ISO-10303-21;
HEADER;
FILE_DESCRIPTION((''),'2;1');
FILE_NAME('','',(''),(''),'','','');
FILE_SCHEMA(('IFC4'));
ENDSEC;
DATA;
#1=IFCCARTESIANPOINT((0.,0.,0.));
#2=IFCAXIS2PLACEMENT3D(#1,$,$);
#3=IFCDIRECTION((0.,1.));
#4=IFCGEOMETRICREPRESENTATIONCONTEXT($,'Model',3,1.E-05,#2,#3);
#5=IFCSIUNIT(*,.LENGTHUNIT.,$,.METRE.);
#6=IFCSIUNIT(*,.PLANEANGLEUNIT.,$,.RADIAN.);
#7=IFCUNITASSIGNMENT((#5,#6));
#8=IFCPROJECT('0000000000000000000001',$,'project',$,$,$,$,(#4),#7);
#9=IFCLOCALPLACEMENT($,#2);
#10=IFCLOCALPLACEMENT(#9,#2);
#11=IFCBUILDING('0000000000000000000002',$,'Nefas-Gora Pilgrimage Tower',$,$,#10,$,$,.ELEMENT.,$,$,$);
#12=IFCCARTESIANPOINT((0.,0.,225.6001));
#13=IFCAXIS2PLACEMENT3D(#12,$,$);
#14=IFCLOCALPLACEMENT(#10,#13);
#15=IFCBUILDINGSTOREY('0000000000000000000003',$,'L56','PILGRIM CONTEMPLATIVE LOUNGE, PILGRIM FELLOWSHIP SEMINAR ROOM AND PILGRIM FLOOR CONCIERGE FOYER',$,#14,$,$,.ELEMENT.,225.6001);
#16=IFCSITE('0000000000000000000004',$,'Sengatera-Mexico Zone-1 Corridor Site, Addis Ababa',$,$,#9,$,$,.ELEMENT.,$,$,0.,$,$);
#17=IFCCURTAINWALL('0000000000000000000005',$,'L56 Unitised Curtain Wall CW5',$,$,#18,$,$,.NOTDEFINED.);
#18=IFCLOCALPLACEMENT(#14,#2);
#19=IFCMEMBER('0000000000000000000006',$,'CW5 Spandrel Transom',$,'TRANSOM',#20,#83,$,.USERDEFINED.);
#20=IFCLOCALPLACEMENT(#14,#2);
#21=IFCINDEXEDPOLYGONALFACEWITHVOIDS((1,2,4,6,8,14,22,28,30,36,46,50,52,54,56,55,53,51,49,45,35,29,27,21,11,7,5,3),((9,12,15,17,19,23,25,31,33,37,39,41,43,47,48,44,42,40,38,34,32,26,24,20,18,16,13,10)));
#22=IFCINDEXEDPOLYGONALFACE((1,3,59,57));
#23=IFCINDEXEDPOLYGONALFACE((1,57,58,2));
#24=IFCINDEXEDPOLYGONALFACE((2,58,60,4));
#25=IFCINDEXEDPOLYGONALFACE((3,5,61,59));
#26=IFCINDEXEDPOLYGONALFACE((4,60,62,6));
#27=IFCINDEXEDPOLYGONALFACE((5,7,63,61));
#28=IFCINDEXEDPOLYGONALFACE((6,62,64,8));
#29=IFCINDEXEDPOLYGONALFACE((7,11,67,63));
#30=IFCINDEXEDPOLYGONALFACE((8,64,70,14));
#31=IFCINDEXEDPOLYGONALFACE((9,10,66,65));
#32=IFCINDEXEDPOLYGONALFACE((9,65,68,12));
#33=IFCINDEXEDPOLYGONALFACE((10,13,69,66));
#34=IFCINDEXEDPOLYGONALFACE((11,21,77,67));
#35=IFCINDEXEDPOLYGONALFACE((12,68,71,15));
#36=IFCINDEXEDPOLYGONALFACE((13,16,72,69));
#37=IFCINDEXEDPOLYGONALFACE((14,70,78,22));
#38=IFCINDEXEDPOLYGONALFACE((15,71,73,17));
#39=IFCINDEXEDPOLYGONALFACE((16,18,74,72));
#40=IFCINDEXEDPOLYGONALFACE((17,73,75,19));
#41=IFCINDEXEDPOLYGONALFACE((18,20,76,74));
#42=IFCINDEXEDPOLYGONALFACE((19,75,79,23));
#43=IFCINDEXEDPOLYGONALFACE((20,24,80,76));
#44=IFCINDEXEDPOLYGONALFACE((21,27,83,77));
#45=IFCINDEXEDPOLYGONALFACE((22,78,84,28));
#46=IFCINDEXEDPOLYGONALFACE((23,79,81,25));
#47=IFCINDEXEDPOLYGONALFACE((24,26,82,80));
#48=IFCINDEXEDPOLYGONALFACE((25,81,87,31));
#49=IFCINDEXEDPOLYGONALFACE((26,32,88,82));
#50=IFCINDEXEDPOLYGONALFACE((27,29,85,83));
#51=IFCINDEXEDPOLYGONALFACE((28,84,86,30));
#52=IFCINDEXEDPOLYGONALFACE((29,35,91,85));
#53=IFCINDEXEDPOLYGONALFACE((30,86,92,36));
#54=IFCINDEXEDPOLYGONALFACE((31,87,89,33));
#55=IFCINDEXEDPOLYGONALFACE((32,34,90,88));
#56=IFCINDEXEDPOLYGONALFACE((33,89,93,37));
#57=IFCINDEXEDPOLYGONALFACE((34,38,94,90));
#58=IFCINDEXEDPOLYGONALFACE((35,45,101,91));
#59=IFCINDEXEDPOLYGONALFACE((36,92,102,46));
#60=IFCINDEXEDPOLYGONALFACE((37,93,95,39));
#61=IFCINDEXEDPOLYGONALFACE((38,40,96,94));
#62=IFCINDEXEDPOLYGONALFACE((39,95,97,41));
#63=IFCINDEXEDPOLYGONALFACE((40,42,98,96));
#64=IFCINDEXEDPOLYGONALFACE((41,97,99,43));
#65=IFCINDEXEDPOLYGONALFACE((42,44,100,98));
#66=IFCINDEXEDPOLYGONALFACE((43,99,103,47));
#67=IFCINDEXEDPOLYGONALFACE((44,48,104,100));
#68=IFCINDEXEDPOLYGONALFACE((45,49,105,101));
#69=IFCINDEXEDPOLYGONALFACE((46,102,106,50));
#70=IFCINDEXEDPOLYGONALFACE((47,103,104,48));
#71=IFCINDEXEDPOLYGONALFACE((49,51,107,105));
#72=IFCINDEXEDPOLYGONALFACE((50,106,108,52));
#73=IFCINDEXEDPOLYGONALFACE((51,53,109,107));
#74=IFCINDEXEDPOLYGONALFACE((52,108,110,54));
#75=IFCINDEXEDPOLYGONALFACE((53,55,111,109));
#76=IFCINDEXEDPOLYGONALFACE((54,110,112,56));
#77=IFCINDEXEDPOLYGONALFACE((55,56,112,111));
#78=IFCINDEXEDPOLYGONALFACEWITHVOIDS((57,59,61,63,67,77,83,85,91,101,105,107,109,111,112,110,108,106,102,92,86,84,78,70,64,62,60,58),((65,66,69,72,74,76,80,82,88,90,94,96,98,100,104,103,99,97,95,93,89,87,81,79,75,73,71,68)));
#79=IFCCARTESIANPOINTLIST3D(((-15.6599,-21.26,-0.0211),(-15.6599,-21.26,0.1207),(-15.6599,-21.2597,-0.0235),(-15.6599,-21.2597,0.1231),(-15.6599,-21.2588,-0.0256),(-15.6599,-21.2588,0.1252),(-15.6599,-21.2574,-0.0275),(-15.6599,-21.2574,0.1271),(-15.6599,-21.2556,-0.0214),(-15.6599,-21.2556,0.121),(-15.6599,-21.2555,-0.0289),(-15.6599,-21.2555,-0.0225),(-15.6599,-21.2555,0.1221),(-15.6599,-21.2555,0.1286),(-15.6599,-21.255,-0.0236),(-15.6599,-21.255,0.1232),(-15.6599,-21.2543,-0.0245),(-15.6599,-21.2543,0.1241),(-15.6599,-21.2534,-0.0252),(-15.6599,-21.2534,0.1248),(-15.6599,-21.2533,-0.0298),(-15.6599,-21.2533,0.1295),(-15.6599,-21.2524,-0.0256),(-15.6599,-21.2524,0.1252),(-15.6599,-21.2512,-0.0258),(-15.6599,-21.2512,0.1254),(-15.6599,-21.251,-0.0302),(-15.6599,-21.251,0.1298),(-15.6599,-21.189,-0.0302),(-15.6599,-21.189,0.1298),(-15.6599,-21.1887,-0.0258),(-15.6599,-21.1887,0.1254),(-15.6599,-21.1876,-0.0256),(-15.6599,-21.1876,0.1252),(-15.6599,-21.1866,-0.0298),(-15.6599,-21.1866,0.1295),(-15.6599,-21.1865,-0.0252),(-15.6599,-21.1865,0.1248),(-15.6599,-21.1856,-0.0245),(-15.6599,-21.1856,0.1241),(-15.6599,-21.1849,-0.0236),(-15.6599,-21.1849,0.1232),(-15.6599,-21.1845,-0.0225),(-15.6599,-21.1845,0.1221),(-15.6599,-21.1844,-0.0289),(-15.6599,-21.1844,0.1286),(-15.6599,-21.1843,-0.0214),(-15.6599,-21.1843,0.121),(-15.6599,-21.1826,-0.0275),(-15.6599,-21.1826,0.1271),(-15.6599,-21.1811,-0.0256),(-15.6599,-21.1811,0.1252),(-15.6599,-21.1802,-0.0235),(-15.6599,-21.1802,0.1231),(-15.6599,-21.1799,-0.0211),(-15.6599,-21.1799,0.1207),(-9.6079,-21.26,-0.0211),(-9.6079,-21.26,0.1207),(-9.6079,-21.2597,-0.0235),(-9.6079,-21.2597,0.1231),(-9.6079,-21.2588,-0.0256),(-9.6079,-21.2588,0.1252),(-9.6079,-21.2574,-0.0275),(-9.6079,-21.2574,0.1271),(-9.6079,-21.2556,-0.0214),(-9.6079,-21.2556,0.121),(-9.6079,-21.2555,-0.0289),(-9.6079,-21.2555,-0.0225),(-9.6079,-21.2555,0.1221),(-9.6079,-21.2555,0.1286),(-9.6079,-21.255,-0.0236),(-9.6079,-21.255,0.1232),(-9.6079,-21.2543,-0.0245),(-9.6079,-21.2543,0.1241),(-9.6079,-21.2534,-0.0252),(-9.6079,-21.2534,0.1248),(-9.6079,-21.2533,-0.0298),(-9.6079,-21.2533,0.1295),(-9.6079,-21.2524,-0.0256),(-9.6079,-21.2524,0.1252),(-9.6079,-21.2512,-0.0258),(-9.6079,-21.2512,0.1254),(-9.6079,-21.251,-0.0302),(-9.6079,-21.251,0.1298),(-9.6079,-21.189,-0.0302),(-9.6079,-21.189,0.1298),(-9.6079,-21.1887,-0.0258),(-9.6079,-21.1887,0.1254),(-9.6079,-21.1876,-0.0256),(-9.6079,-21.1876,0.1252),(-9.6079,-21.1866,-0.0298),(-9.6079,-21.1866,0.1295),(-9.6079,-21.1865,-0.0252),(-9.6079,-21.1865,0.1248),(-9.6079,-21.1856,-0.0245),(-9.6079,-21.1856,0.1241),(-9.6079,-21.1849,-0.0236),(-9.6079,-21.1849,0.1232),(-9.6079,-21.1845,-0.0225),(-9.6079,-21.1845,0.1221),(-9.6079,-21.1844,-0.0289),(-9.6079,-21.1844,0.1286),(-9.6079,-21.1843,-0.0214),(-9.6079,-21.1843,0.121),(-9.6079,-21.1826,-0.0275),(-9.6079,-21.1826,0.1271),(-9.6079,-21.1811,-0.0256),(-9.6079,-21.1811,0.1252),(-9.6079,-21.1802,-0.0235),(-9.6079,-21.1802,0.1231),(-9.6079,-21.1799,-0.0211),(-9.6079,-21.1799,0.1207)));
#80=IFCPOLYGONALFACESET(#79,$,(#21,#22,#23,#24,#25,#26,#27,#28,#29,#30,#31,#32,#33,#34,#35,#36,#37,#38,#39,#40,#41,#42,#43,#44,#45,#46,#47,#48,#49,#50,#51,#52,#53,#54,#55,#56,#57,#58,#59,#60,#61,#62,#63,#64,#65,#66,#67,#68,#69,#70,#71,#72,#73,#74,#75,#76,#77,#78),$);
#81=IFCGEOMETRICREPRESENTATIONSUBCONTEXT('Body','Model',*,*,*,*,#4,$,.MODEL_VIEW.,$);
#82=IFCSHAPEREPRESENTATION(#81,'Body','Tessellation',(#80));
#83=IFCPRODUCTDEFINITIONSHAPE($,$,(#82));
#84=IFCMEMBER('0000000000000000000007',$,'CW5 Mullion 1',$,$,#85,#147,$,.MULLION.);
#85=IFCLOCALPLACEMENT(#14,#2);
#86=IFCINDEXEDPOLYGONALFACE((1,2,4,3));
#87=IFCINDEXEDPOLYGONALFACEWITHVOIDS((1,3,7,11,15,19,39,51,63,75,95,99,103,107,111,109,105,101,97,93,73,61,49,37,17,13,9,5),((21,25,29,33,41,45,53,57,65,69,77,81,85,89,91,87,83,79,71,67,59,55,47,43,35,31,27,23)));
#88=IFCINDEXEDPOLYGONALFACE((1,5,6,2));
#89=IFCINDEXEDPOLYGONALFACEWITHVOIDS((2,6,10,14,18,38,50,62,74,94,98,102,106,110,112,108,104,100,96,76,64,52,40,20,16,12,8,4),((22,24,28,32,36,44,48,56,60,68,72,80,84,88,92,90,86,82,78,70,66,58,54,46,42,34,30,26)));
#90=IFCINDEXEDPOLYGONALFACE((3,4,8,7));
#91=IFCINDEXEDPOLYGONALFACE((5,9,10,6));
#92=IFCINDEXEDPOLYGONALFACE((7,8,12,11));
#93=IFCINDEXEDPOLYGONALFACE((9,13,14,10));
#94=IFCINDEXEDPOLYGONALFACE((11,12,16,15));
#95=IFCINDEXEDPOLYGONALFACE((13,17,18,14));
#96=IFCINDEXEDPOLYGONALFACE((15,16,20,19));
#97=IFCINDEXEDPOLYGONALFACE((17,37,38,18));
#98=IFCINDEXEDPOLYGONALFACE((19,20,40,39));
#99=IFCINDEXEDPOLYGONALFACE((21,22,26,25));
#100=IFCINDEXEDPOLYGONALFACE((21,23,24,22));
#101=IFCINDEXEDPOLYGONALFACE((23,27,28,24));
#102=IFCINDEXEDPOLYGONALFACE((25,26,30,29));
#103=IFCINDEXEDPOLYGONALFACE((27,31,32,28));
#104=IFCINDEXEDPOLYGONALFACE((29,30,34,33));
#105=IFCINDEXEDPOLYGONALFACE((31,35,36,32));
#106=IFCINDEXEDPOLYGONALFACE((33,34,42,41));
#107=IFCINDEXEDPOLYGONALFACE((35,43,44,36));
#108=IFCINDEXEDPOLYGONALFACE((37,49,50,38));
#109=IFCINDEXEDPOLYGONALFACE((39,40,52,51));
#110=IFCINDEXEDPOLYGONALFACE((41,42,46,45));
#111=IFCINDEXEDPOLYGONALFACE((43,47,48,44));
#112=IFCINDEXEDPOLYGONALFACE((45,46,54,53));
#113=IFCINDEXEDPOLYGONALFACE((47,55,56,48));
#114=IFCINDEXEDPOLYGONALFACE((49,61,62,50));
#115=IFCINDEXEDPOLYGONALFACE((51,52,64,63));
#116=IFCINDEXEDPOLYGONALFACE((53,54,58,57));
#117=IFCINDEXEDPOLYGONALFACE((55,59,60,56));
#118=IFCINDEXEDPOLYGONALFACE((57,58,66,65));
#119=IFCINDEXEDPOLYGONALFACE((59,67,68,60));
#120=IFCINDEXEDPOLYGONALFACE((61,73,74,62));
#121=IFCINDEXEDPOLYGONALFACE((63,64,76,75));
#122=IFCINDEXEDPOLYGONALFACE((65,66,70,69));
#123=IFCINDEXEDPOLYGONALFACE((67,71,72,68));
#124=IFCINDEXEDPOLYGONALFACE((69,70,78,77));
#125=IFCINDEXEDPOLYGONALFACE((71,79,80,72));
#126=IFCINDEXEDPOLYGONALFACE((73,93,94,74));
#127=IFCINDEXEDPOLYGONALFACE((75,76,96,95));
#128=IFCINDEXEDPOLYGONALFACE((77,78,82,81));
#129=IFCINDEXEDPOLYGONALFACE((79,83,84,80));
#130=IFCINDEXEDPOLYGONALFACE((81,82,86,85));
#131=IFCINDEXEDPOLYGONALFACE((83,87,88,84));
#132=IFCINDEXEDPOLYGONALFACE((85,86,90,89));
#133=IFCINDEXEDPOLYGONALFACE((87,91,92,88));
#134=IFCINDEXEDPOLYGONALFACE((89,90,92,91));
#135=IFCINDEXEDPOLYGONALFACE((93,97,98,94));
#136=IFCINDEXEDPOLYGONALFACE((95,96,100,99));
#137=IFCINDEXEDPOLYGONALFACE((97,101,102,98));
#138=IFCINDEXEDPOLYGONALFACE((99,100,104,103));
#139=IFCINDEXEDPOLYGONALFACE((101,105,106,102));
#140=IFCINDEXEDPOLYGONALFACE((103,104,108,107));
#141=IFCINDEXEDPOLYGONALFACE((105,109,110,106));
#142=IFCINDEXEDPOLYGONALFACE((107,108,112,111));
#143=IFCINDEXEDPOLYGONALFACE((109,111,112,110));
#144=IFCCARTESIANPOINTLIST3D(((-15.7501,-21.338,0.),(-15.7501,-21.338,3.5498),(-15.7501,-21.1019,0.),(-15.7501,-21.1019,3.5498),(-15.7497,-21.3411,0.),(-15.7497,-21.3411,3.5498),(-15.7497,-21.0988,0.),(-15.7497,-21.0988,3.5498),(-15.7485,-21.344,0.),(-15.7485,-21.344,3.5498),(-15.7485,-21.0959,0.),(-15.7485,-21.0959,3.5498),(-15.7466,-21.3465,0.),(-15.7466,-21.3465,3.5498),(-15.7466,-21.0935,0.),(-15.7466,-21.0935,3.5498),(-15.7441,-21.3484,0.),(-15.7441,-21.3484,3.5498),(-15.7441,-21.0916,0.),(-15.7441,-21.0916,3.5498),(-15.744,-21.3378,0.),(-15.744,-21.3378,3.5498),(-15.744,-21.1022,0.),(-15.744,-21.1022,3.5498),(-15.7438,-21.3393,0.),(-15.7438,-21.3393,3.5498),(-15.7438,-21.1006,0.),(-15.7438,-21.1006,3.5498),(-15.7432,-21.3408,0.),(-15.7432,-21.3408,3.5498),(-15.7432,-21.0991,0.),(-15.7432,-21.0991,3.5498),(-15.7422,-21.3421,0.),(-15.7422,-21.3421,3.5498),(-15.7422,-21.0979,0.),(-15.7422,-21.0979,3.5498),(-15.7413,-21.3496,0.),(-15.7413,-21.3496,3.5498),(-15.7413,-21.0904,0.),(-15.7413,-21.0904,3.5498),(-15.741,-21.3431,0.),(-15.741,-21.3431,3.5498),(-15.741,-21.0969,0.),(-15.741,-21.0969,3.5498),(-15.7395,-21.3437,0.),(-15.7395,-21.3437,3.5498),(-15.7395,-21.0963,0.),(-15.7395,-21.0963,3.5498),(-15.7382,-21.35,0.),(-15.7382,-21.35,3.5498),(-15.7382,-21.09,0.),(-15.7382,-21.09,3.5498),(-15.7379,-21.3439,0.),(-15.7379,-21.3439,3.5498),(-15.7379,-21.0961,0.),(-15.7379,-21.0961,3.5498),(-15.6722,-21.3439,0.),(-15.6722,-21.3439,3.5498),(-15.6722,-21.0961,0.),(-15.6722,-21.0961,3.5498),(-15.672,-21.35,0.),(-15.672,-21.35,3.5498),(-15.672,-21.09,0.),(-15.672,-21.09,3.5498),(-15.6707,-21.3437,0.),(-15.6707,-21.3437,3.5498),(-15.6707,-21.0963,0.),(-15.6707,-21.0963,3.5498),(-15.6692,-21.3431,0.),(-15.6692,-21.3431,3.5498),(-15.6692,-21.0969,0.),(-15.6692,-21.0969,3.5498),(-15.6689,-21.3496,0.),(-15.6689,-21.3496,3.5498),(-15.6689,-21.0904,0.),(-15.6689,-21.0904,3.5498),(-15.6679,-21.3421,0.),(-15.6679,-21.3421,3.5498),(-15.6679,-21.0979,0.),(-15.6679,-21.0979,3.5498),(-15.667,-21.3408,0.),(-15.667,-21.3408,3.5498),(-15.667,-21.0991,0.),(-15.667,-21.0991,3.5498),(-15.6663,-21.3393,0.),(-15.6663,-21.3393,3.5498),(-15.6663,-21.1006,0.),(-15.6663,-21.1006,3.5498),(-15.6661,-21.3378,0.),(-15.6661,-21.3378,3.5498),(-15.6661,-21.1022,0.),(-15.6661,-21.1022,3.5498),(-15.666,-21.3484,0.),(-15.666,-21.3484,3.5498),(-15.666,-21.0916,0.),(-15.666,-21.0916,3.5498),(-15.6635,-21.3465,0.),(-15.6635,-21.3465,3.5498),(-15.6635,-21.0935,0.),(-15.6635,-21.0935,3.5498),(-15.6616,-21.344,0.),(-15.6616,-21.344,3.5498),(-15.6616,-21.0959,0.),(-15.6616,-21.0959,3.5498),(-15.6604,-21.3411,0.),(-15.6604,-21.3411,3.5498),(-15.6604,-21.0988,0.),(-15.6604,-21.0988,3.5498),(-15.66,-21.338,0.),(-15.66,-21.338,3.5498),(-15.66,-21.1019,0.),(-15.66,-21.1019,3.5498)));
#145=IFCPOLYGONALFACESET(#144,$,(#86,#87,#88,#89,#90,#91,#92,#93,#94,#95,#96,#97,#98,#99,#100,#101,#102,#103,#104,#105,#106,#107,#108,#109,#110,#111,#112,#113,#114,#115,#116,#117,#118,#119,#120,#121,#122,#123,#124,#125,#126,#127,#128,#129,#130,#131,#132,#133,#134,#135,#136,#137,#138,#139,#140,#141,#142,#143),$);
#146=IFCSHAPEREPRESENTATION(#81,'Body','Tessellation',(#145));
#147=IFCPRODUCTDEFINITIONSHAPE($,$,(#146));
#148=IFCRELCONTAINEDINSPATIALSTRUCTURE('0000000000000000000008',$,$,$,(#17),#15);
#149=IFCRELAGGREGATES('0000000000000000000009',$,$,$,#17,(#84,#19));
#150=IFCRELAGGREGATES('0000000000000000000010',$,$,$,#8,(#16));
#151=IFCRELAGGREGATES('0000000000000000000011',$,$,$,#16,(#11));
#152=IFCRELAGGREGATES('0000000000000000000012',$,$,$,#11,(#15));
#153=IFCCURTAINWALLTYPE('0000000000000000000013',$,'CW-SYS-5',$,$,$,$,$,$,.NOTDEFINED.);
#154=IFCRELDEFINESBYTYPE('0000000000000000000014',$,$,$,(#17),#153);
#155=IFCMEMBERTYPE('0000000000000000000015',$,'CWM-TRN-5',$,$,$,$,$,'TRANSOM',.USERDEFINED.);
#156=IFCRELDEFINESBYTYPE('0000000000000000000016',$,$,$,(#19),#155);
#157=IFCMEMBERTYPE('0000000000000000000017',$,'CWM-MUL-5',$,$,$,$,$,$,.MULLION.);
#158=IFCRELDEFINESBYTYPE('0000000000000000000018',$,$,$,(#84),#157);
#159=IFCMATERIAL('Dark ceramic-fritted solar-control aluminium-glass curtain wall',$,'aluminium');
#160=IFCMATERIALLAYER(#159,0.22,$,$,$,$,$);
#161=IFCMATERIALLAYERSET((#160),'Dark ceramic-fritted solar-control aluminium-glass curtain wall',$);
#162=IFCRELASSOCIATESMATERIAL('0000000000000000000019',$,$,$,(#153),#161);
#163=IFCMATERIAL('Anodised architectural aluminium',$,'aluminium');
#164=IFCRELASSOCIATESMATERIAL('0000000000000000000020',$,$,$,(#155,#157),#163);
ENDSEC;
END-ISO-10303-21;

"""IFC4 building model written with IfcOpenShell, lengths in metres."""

from ifc_helpers import new_model, si_unit, direction, frame, origin, origin_2d, place, context, subcontext, project, spatial, hollow_rectangle, extrude, source, transform, mapped, material, layer, layer_set, material_profile, profile_set, type_object, element, aggregate, save


model = new_model("IFC4")

# Units and contexts
model_context = context("Model", 3, precision=1e-05, world=origin(), true_north=direction((0.0, 1.0)))
body_context = subcontext(model_context, "Body", "Model", "MODEL_VIEW")
ifc_project = project(units=[si_unit("LENGTHUNIT", "METRE"), si_unit("PLANEANGLEUNIT", "RADIAN")], contexts=[model_context])

# Site, building, storey
site_placement = place(None, origin())
site = spatial("IfcSite", under=ifc_project, at=site_placement, Name="Sengatera-Mexico Zone-1 Corridor Site, Addis Ababa", CompositionType="ELEMENT", RefElevation=0.0)
building_placement = place(site_placement, origin())
building = spatial("IfcBuilding", under=site, at=building_placement, Name="Nefas-Gora Pilgrimage Tower", CompositionType="ELEMENT")
storey_placement = place(building_placement, frame((0.0, 0.0, 225.6001)))
storey = spatial("IfcBuildingStorey", under=building, at=storey_placement, Name="L56", Description="PILGRIM CONTEMPLATIVE LOUNGE, PILGRIM FELLOWSHIP SEMINAR ROOM AND PILGRIM FLOOR CONCIERGE FOYER", CompositionType="ELEMENT", Elevation=225.6001)

# Curtain wall, members
ifc_material_1 = material(Name="Dark ceramic-fritted solar-control aluminium-glass curtain wall", Category="aluminium")
ifc_layer_1 = layer(ifc_material_1, 0.22)
ifc_layer_set_1 = layer_set([ifc_layer_1], Name="Dark ceramic-fritted solar-control aluminium-glass curtain wall")
curtain_wall_type_1 = type_object("IfcCurtainWallType", Name="CW-SYS-5", PredefinedType="NOTDEFINED", material=ifc_layer_set_1)
curtain_wall_1_placement = place(storey_placement, origin())
curtain_wall_1 = element("IfcCurtainWall", 1, at=curtain_wall_1_placement, inside=storey, type_object=curtain_wall_type_1, Name="L56 Unitised Curtain Wall CW5", PredefinedType="NOTDEFINED")
ifc_material_2 = material(Name="Anodised architectural aluminium", Category="aluminium")
ifc_material_profile_1 = material_profile(ifc_material_2, hollow_rectangle(XDim=0.0801, YDim=0.1599, WallThickness=0.0044, InnerFilletRadius=0.0044, OuterFilletRadius=0.009, at=origin_2d()), Name="ALU TRANSOM 80x160")
ifc_profile_set_1 = profile_set([ifc_material_profile_1], Name="Anodised architectural aluminium")
member_type_1 = type_object("IfcMemberType", Name="CWM-TRN-5", ElementType="TRANSOM", PredefinedType="USERDEFINED", material=ifc_profile_set_1)
shared_shape_1 = source(origin(), body_context, "Body", "SweptSolid", [
    extrude(hollow_rectangle(XDim=0.0801, YDim=0.1599, WallThickness=0.0044, InnerFilletRadius=0.0044, OuterFilletRadius=0.009, at=origin_2d()), origin(), (0.0, 0.0, 1.0), 6.052),
])
member_1_placement = place(storey_placement, frame((-15.6599, -21.22, 0.0498), z_axis=(1.0, 0.0, 0.0), x_axis=(0.0, 1.0, 0.0)))
member_1 = element("IfcMember", 2, at=member_1_placement, type_object=member_type_1, Name="CW5 Spandrel Transom", ObjectType="TRANSOM", PredefinedType="USERDEFINED", context=body_context, shape_type="MappedRepresentation", body=[
    mapped(shared_shape_1, transform((0.0, 0.0, 0.0), x_axis=(1.0, 0.0, 0.0), y_axis=(0.0, 1.0, 0.0), z_axis=(0.0, 0.0, 1.0), scale=1.0)),
])
ifc_material_profile_2 = material_profile(ifc_material_2, hollow_rectangle(XDim=0.0901, YDim=0.26, WallThickness=0.0061, InnerFilletRadius=0.0061, OuterFilletRadius=0.012, at=origin_2d()), Name="ALU MULLION 90x260")
ifc_profile_set_2 = profile_set([ifc_material_profile_2], Name="Anodised architectural aluminium")
member_type_2 = type_object("IfcMemberType", Name="CWM-MUL-5", PredefinedType="MULLION", material=ifc_profile_set_2)
shared_shape_2 = source(origin(), body_context, "Body", "SweptSolid", [
    extrude(hollow_rectangle(XDim=0.0901, YDim=0.26, WallThickness=0.0061, InnerFilletRadius=0.0061, OuterFilletRadius=0.012, at=origin_2d()), origin(), (0.0, 0.0, 1.0), 3.5498),
])
member_2_placement = place(storey_placement, frame((-15.7051, -21.22, 0.0), z_axis=(0.0, 0.0, 1.0), x_axis=(1.0, 0.0, 0.0)))
member_2 = element("IfcMember", 3, at=member_2_placement, type_object=member_type_2, Name="CW5 Mullion 1", PredefinedType="MULLION", context=body_context, shape_type="MappedRepresentation", body=[
    mapped(shared_shape_2, transform((0.0, 0.0, 0.0), x_axis=(1.0, 0.0, 0.0), y_axis=(0.0, 1.0, 0.0), z_axis=(0.0, 0.0, 1.0), scale=1.0)),
])

aggregate(curtain_wall_1, [member_2, member_1])

save(model, "model.ifc")
